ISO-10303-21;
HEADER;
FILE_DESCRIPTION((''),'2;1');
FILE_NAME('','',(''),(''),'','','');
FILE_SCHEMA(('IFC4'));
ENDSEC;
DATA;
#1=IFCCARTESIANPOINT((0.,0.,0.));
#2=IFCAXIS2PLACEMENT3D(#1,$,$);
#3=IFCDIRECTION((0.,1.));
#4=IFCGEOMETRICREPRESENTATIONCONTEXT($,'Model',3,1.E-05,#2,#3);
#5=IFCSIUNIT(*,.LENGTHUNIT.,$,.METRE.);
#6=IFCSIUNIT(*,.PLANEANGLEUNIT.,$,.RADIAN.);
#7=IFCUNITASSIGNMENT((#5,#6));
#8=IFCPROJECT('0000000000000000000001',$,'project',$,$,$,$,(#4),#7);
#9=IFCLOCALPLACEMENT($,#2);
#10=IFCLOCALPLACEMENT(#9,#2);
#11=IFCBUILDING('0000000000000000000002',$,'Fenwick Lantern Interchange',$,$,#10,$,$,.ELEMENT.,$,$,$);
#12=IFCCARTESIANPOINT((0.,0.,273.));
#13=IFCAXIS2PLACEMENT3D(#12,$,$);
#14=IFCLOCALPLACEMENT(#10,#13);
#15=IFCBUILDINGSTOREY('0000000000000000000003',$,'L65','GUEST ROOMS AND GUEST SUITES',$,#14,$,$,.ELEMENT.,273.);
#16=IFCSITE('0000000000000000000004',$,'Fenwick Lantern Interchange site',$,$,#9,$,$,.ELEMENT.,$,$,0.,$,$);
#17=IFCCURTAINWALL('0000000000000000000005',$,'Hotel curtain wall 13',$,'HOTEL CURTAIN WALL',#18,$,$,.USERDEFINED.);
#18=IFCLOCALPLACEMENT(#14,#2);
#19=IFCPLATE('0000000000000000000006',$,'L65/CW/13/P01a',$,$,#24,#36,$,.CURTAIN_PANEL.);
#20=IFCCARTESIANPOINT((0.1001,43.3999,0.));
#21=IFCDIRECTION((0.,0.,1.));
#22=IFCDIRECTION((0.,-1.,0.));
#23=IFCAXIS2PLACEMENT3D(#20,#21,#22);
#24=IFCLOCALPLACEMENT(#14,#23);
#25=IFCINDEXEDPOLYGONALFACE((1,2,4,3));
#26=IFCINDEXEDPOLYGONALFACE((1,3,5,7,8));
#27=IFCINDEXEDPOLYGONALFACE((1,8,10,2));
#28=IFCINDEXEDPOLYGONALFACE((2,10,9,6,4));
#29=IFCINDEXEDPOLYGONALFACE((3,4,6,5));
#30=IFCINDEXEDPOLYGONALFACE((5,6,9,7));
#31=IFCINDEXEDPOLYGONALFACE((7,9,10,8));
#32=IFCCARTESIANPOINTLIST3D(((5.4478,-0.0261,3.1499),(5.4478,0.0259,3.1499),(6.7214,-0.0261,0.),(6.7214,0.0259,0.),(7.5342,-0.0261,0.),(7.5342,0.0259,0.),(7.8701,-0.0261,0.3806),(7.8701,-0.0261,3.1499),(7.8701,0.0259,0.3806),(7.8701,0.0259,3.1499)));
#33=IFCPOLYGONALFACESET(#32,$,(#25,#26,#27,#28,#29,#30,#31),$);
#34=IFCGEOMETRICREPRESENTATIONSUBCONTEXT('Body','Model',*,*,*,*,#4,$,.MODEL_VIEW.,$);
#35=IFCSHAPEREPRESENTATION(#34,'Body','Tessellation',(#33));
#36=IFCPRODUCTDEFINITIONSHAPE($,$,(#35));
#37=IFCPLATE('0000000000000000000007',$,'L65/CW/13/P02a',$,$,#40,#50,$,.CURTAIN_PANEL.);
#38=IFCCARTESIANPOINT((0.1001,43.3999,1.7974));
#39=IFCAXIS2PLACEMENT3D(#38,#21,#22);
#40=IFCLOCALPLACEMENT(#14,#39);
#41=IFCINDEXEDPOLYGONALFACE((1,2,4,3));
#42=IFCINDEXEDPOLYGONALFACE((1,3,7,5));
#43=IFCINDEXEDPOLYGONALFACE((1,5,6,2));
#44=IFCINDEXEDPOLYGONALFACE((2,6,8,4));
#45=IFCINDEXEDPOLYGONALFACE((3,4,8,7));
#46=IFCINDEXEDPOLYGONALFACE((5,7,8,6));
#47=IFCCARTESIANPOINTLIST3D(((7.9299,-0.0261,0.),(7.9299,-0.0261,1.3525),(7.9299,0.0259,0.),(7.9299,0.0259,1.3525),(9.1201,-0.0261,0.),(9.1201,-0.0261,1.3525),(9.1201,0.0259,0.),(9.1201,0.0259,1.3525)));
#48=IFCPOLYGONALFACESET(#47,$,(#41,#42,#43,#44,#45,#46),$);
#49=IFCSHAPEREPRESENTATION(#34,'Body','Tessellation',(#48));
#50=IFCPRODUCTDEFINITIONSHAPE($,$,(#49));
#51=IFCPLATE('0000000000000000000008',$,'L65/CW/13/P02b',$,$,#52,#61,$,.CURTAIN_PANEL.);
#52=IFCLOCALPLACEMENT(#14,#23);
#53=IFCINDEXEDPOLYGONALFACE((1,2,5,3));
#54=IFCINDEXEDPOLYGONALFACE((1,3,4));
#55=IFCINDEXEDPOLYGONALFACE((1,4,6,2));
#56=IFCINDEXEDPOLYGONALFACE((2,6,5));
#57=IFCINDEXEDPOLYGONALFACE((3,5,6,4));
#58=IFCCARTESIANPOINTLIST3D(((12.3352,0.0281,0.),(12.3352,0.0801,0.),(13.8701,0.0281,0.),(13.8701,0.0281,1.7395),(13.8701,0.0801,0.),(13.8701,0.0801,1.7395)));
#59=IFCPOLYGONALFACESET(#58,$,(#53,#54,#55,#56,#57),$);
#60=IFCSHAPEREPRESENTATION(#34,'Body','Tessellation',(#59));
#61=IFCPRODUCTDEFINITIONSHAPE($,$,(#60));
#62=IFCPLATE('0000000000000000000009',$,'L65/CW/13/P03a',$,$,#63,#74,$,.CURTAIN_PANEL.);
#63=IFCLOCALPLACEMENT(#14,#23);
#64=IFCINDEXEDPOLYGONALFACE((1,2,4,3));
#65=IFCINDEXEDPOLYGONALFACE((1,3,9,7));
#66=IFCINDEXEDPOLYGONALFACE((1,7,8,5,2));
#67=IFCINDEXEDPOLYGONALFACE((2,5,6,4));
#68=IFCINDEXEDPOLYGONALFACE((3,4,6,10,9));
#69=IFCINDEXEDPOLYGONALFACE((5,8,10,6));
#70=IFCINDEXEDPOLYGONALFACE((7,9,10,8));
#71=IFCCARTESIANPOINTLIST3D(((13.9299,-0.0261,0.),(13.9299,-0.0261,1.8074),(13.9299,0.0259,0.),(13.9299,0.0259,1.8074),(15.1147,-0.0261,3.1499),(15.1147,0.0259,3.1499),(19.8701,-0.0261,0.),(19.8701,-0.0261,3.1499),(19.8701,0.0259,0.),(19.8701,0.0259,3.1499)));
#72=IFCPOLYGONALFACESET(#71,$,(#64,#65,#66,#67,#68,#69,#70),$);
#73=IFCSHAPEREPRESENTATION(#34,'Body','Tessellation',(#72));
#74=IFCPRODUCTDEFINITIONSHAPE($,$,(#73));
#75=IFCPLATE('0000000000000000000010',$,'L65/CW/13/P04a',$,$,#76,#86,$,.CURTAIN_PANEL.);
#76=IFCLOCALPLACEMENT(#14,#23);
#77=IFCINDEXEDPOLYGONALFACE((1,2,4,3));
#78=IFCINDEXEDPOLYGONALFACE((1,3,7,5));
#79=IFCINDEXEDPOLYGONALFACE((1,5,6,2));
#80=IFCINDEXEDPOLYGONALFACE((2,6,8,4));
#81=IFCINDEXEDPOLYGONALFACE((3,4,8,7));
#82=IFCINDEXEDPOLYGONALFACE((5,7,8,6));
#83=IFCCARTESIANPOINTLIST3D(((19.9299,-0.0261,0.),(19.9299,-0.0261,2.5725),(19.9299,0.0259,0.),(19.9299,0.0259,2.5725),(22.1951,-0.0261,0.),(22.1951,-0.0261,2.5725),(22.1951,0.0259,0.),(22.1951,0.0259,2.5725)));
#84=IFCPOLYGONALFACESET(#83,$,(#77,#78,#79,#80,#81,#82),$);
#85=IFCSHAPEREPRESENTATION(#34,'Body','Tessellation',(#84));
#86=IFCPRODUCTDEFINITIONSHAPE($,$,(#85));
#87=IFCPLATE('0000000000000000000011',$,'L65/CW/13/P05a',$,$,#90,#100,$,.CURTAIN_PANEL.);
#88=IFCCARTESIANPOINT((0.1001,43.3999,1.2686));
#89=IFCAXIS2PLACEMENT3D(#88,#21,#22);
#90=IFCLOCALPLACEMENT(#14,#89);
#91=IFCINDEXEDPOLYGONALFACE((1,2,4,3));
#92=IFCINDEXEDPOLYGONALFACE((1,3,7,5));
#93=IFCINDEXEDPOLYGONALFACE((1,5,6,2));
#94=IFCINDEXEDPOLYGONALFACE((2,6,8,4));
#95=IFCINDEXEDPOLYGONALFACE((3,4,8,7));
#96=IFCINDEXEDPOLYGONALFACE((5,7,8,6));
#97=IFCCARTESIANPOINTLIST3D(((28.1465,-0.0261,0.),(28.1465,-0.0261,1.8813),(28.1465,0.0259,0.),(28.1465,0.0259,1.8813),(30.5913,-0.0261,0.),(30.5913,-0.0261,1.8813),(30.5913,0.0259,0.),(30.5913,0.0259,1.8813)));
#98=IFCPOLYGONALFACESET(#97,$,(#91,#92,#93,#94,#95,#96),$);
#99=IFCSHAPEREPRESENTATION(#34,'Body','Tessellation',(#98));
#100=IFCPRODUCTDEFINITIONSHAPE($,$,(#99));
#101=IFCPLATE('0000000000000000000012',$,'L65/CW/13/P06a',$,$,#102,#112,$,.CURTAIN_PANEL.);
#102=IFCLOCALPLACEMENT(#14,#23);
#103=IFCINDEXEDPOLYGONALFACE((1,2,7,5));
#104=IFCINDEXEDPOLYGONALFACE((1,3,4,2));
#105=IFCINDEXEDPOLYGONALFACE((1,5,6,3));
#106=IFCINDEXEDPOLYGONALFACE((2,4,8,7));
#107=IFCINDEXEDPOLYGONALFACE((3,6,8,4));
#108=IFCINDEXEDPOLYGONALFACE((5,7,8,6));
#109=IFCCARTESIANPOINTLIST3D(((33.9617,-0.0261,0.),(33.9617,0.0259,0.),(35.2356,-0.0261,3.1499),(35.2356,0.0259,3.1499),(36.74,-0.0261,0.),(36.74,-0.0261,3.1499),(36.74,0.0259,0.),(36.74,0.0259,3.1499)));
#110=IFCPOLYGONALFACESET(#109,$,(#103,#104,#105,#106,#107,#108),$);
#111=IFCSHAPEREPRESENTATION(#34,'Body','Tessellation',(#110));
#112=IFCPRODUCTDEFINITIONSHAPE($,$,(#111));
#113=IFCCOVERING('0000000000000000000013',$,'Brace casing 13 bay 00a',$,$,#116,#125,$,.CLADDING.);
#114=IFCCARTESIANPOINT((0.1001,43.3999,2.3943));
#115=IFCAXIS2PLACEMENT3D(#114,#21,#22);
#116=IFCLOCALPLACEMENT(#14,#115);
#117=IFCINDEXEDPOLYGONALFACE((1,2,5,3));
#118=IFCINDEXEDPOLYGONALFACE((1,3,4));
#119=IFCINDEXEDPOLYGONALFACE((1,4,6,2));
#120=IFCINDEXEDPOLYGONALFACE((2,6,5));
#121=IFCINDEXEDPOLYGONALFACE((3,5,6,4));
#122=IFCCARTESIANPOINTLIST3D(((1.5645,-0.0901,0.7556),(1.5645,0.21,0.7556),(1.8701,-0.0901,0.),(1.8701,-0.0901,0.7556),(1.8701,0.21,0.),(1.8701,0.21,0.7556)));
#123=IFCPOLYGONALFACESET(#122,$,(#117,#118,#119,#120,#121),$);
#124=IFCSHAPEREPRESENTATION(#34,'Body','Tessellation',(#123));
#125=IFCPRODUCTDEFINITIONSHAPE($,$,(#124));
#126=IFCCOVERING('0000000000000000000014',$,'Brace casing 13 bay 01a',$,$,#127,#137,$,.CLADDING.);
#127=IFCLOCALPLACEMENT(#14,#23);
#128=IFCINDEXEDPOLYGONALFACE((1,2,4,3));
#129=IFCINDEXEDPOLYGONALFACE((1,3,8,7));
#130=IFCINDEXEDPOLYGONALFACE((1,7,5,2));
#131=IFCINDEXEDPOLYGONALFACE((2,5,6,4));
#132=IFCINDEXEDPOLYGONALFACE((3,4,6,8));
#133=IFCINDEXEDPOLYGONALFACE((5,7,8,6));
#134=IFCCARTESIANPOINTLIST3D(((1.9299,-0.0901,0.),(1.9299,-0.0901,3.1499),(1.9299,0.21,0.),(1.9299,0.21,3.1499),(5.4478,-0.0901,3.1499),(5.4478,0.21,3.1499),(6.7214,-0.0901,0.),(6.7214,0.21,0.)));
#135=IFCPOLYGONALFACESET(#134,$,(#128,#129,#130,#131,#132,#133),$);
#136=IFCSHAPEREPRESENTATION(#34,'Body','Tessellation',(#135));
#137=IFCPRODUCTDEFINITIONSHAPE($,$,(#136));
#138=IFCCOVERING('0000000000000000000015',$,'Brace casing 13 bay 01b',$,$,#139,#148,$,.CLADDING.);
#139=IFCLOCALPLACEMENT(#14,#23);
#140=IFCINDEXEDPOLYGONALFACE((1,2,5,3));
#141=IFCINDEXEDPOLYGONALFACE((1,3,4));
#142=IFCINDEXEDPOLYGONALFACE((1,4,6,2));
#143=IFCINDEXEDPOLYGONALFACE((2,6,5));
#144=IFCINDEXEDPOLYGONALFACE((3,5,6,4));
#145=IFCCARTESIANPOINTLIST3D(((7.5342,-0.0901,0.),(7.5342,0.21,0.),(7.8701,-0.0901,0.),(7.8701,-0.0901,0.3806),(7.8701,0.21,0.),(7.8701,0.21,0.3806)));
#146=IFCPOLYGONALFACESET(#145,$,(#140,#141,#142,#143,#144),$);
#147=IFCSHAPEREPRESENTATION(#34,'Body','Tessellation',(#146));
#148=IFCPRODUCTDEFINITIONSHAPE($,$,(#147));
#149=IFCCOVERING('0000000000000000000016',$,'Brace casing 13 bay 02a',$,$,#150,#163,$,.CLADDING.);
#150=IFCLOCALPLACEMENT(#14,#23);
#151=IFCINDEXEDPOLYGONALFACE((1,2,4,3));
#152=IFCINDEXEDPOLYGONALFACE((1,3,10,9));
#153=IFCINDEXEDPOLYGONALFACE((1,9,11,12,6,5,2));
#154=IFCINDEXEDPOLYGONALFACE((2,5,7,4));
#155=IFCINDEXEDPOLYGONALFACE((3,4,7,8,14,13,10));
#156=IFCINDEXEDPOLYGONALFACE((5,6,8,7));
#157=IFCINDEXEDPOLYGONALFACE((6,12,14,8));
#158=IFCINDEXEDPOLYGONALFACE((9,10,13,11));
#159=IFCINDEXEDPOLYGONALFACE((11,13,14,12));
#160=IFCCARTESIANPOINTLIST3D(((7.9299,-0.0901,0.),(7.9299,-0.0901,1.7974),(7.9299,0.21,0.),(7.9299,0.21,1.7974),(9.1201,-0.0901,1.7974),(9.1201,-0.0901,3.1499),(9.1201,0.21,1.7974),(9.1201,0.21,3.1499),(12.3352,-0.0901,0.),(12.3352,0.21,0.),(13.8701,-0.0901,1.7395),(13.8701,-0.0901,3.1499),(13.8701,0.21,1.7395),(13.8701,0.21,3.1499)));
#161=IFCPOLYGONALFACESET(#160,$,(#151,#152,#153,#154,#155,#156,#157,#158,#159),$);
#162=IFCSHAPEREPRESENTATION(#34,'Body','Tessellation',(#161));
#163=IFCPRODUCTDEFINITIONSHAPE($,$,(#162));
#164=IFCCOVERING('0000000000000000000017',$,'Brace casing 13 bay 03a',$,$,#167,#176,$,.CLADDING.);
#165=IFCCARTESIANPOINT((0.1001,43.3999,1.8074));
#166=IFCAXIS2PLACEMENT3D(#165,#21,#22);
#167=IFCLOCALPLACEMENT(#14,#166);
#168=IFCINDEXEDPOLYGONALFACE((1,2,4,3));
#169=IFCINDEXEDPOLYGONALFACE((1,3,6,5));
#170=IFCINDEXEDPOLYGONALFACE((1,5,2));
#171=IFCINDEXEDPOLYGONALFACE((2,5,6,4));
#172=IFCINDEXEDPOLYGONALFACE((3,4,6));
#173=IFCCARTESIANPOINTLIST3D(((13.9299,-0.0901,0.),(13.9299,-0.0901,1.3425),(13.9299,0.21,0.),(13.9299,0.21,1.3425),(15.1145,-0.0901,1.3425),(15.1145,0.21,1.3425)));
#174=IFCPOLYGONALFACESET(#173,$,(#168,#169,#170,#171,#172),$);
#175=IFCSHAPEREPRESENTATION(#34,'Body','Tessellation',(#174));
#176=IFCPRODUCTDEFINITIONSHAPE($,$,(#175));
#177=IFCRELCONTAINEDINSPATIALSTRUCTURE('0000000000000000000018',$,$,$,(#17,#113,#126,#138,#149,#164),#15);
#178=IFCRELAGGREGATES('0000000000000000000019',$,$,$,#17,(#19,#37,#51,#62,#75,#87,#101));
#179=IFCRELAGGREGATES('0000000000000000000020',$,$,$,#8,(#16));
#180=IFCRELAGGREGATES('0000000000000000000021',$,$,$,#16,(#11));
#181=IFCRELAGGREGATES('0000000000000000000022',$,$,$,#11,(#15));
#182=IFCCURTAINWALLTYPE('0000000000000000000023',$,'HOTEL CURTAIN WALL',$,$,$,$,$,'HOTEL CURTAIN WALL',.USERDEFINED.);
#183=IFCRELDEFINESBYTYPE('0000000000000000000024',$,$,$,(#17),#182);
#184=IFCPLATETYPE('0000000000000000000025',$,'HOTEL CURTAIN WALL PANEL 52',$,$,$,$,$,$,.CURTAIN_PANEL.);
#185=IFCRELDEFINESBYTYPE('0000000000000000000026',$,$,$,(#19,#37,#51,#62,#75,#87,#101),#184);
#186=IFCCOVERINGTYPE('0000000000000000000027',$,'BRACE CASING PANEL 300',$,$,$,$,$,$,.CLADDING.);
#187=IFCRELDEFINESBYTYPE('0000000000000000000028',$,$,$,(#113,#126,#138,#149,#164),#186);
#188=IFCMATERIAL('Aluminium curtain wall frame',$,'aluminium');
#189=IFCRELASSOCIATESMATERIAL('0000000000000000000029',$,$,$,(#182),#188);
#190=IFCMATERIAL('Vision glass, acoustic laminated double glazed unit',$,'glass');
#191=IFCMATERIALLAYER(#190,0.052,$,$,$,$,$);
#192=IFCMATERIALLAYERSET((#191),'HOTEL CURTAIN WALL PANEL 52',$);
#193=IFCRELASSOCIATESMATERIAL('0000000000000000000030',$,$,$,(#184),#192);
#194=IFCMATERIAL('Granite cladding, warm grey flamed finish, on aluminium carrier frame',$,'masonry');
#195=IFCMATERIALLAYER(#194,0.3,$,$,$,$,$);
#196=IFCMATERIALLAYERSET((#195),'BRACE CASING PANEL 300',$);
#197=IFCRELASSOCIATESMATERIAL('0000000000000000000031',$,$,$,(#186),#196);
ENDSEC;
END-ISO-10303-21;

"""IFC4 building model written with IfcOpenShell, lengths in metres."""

from ifc_helpers import new_model, si_unit, direction, frame, origin, place, context, subcontext, project, spatial, polyline, outline, extrude, material, layer, layer_set, type_object, element, aggregate, save


model = new_model("IFC4")

# Units and contexts
model_context = context("Model", 3, precision=1e-05, world=origin(), true_north=direction((0.0, 1.0)))
body_context = subcontext(model_context, "Body", "Model", "MODEL_VIEW")
ifc_project = project(units=[si_unit("LENGTHUNIT", "METRE"), si_unit("PLANEANGLEUNIT", "RADIAN")], contexts=[model_context])

# Site, building, storey
site_placement = place(None, origin())
site = spatial("IfcSite", under=ifc_project, at=site_placement, Name="Fenwick Lantern Interchange site", CompositionType="ELEMENT", RefElevation=0.0)
building_placement = place(site_placement, origin())
building = spatial("IfcBuilding", under=site, at=building_placement, Name="Fenwick Lantern Interchange", CompositionType="ELEMENT")
storey_placement = place(building_placement, frame((0.0, 0.0, 273.0)))
storey = spatial("IfcBuildingStorey", under=building, at=storey_placement, Name="L65", Description="GUEST ROOMS AND GUEST SUITES", CompositionType="ELEMENT", Elevation=273.0)

# Shared definitions
ifc_material_1 = material(Name="Aluminium curtain wall frame", Category="aluminium")
curtain_wall_type = type_object("IfcCurtainWallType", Name="HOTEL CURTAIN WALL", ElementType="HOTEL CURTAIN WALL", PredefinedType="USERDEFINED", material=ifc_material_1)

# Shared definitions
ifc_material_2 = material(Name="Vision glass, acoustic laminated double glazed unit", Category="glass")
ifc_layer_1 = layer(ifc_material_2, 0.052)
ifc_layer_set_1 = layer_set([ifc_layer_1], Name="HOTEL CURTAIN WALL PANEL 52")
plate_type = type_object("IfcPlateType", Name="HOTEL CURTAIN WALL PANEL 52", PredefinedType="CURTAIN_PANEL", material=ifc_layer_set_1)

# Curtain wall, plates
curtain_wall_1_placement = place(storey_placement, origin())
curtain_wall_1 = element("IfcCurtainWall", 1, at=curtain_wall_1_placement, inside=storey, type_object=curtain_wall_type, Name="Hotel curtain wall 13", ObjectType="HOTEL CURTAIN WALL", PredefinedType="USERDEFINED")
plate_1_placement = place(storey_placement, frame((0.1001, 43.3999, 0.0), z_axis=(0.0, 0.0, 1.0), x_axis=(0.0, -1.0, 0.0)))
plate_1 = element("IfcPlate", 2, at=plate_1_placement, type_object=plate_type, Name="L65/CW/13/P01a", PredefinedType="CURTAIN_PANEL", context=body_context, shape_type="SweptSolid", body=[
    extrude(outline(polyline([(6.7214, 0.0), (7.5342, 0.0), (7.8701, 0.3806), (7.8701, 3.1499), (5.4478, 3.1499), (6.7214, 0.0)])), frame((0.0, 0.0259, 0.0), z_axis=(0.0, -1.0, 0.0), x_axis=(1.0, 0.0, 0.0)), (0.0, 0.0, 1.0), 0.052),
])
plate_2_placement = place(storey_placement, frame((0.1001, 43.3999, 1.7974), z_axis=(0.0, 0.0, 1.0), x_axis=(0.0, -1.0, 0.0)))
plate_2 = element("IfcPlate", 3, at=plate_2_placement, type_object=plate_type, Name="L65/CW/13/P02a", PredefinedType="CURTAIN_PANEL", context=body_context, shape_type="SweptSolid", body=[
    extrude(outline(polyline([(7.9299, 0.0), (9.1201, 0.0), (9.1201, 1.3525), (7.9299, 1.3525), (7.9299, 0.0)])), frame((0.0, 0.0259, 0.0), z_axis=(0.0, -1.0, 0.0), x_axis=(1.0, 0.0, 0.0)), (0.0, 0.0, 1.0), 0.052),
])
plate_3_placement = place(storey_placement, frame((0.1001, 43.3999, 0.0), z_axis=(0.0, 0.0, 1.0), x_axis=(0.0, -1.0, 0.0)))
plate_3 = element("IfcPlate", 4, at=plate_3_placement, type_object=plate_type, Name="L65/CW/13/P02b", PredefinedType="CURTAIN_PANEL", context=body_context, shape_type="SweptSolid", body=[
    extrude(outline(polyline([(12.3352, 0.0), (13.8701, 0.0), (13.8701, 1.7395), (12.3352, 0.0)])), frame((0.0, 0.0801, 0.0), z_axis=(0.0, -1.0, 0.0), x_axis=(1.0, 0.0, 0.0)), (0.0, 0.0, 1.0), 0.052),
])
plate_4_placement = place(storey_placement, frame((0.1001, 43.3999, 0.0), z_axis=(0.0, 0.0, 1.0), x_axis=(0.0, -1.0, 0.0)))
plate_4 = element("IfcPlate", 5, at=plate_4_placement, type_object=plate_type, Name="L65/CW/13/P03a", PredefinedType="CURTAIN_PANEL", context=body_context, shape_type="SweptSolid", body=[
    extrude(outline(polyline([(13.9299, 0.0), (19.8701, 0.0), (19.8701, 3.1499), (15.1147, 3.1499), (13.9299, 1.8074), (13.9299, 0.0)])), frame((0.0, 0.0259, 0.0), z_axis=(0.0, -1.0, 0.0), x_axis=(1.0, 0.0, 0.0)), (0.0, 0.0, 1.0), 0.052),
])
plate_5_placement = place(storey_placement, frame((0.1001, 43.3999, 0.0), z_axis=(0.0, 0.0, 1.0), x_axis=(0.0, -1.0, 0.0)))
plate_5 = element("IfcPlate", 6, at=plate_5_placement, type_object=plate_type, Name="L65/CW/13/P04a", PredefinedType="CURTAIN_PANEL", context=body_context, shape_type="SweptSolid", body=[
    extrude(outline(polyline([(19.9299, 0.0), (22.1951, 0.0), (22.1951, 2.5725), (19.9299, 2.5725), (19.9299, 0.0)])), frame((0.0, 0.0259, 0.0), z_axis=(0.0, -1.0, 0.0), x_axis=(1.0, 0.0, 0.0)), (0.0, 0.0, 1.0), 0.052),
])
plate_6_placement = place(storey_placement, frame((0.1001, 43.3999, 1.2686), z_axis=(0.0, 0.0, 1.0), x_axis=(0.0, -1.0, 0.0)))
plate_6 = element("IfcPlate", 7, at=plate_6_placement, type_object=plate_type, Name="L65/CW/13/P05a", PredefinedType="CURTAIN_PANEL", context=body_context, shape_type="SweptSolid", body=[
    extrude(outline(polyline([(28.1465, 0.0), (30.5913, 0.0), (30.5913, 1.8813), (28.1465, 1.8813), (28.1465, 0.0)])), frame((0.0, 0.0259, 0.0), z_axis=(0.0, -1.0, 0.0), x_axis=(1.0, 0.0, 0.0)), (0.0, 0.0, 1.0), 0.052),
])
plate_7_placement = place(storey_placement, frame((0.1001, 43.3999, 0.0), z_axis=(0.0, 0.0, 1.0), x_axis=(0.0, -1.0, 0.0)))
plate_7 = element("IfcPlate", 8, at=plate_7_placement, type_object=plate_type, Name="L65/CW/13/P06a", PredefinedType="CURTAIN_PANEL", context=body_context, shape_type="SweptSolid", body=[
    extrude(outline(polyline([(33.9617, 0.0), (36.74, 0.0), (36.74, 3.1499), (35.2356, 3.1499), (33.9617, 0.0)])), frame((0.0, 0.0259, 0.0), z_axis=(0.0, -1.0, 0.0), x_axis=(1.0, 0.0, 0.0)), (0.0, 0.0, 1.0), 0.052),
])
aggregate(curtain_wall_1, [plate_1, plate_2, plate_3, plate_4, plate_5, plate_6, plate_7])

# Coverings
ifc_material_3 = material(Name="Granite cladding, warm grey flamed finish, on aluminium carrier frame", Category="masonry")
ifc_layer_2 = layer(ifc_material_3, 0.3)
ifc_layer_set_2 = layer_set([ifc_layer_2], Name="BRACE CASING PANEL 300")
covering_type = type_object("IfcCoveringType", Name="BRACE CASING PANEL 300", PredefinedType="CLADDING", material=ifc_layer_set_2)
covering_1_placement = place(storey_placement, frame((0.1001, 43.3999, 2.3943), z_axis=(0.0, 0.0, 1.0), x_axis=(0.0, -1.0, 0.0)))
element("IfcCovering", 9, at=covering_1_placement, inside=storey, type_object=covering_type, Name="Brace casing 13 bay 00a", PredefinedType="CLADDING", context=body_context, shape_type="SweptSolid", body=[
    extrude(outline(polyline([(1.8701, 0.0), (1.8701, 0.7556), (1.5645, 0.7556), (1.8701, 0.0)])), frame((0.0, 0.21, 0.0), z_axis=(0.0, -1.0, 0.0), x_axis=(1.0, 0.0, 0.0)), (0.0, 0.0, 1.0), 0.3),
])
covering_2_placement = place(storey_placement, frame((0.1001, 43.3999, 0.0), z_axis=(0.0, 0.0, 1.0), x_axis=(0.0, -1.0, 0.0)))
element("IfcCovering", 10, at=covering_2_placement, inside=storey, type_object=covering_type, Name="Brace casing 13 bay 01a", PredefinedType="CLADDING", context=body_context, shape_type="SweptSolid", body=[
    extrude(outline(polyline([(1.9299, 0.0), (6.7214, 0.0), (5.4478, 3.1499), (1.9299, 3.1499), (1.9299, 0.0)])), frame((0.0, 0.21, 0.0), z_axis=(0.0, -1.0, 0.0), x_axis=(1.0, 0.0, 0.0)), (0.0, 0.0, 1.0), 0.3),
])
covering_3_placement = place(storey_placement, frame((0.1001, 43.3999, 0.0), z_axis=(0.0, 0.0, 1.0), x_axis=(0.0, -1.0, 0.0)))
element("IfcCovering", 11, at=covering_3_placement, inside=storey, type_object=covering_type, Name="Brace casing 13 bay 01b", PredefinedType="CLADDING", context=body_context, shape_type="SweptSolid", body=[
    extrude(outline(polyline([(7.5342, 0.0), (7.8701, 0.0), (7.8701, 0.3806), (7.5342, 0.0)])), frame((0.0, 0.21, 0.0), z_axis=(0.0, -1.0, 0.0), x_axis=(1.0, 0.0, 0.0)), (0.0, 0.0, 1.0), 0.3),
])
covering_4_placement = place(storey_placement, frame((0.1001, 43.3999, 0.0), z_axis=(0.0, 0.0, 1.0), x_axis=(0.0, -1.0, 0.0)))
element("IfcCovering", 12, at=covering_4_placement, inside=storey, type_object=covering_type, Name="Brace casing 13 bay 02a", PredefinedType="CLADDING", context=body_context, shape_type="SweptSolid", body=[
    extrude(outline(polyline([(7.9299, 0.0), (12.3352, 0.0), (13.8701, 1.7395), (13.8701, 3.1499), (9.1201, 3.1499), (9.1201, 1.7974), (7.9299, 1.7974), (7.9299, 0.0)])), frame((0.0, 0.21, 0.0), z_axis=(0.0, -1.0, 0.0), x_axis=(1.0, 0.0, 0.0)), (0.0, 0.0, 1.0), 0.3),
])
covering_5_placement = place(storey_placement, frame((0.1001, 43.3999, 1.8074), z_axis=(0.0, 0.0, 1.0), x_axis=(0.0, -1.0, 0.0)))
element("IfcCovering", 13, at=covering_5_placement, inside=storey, type_object=covering_type, Name="Brace casing 13 bay 03a", PredefinedType="CLADDING", context=body_context, shape_type="SweptSolid", body=[
    extrude(outline(polyline([(13.9299, 0.0), (15.1145, 1.3425), (13.9299, 1.3425), (13.9299, 0.0)])), frame((0.0, 0.21, 0.0), z_axis=(0.0, -1.0, 0.0), x_axis=(1.0, 0.0, 0.0)), (0.0, 0.0, 1.0), 0.3),
])

save(model, "model.ifc")
